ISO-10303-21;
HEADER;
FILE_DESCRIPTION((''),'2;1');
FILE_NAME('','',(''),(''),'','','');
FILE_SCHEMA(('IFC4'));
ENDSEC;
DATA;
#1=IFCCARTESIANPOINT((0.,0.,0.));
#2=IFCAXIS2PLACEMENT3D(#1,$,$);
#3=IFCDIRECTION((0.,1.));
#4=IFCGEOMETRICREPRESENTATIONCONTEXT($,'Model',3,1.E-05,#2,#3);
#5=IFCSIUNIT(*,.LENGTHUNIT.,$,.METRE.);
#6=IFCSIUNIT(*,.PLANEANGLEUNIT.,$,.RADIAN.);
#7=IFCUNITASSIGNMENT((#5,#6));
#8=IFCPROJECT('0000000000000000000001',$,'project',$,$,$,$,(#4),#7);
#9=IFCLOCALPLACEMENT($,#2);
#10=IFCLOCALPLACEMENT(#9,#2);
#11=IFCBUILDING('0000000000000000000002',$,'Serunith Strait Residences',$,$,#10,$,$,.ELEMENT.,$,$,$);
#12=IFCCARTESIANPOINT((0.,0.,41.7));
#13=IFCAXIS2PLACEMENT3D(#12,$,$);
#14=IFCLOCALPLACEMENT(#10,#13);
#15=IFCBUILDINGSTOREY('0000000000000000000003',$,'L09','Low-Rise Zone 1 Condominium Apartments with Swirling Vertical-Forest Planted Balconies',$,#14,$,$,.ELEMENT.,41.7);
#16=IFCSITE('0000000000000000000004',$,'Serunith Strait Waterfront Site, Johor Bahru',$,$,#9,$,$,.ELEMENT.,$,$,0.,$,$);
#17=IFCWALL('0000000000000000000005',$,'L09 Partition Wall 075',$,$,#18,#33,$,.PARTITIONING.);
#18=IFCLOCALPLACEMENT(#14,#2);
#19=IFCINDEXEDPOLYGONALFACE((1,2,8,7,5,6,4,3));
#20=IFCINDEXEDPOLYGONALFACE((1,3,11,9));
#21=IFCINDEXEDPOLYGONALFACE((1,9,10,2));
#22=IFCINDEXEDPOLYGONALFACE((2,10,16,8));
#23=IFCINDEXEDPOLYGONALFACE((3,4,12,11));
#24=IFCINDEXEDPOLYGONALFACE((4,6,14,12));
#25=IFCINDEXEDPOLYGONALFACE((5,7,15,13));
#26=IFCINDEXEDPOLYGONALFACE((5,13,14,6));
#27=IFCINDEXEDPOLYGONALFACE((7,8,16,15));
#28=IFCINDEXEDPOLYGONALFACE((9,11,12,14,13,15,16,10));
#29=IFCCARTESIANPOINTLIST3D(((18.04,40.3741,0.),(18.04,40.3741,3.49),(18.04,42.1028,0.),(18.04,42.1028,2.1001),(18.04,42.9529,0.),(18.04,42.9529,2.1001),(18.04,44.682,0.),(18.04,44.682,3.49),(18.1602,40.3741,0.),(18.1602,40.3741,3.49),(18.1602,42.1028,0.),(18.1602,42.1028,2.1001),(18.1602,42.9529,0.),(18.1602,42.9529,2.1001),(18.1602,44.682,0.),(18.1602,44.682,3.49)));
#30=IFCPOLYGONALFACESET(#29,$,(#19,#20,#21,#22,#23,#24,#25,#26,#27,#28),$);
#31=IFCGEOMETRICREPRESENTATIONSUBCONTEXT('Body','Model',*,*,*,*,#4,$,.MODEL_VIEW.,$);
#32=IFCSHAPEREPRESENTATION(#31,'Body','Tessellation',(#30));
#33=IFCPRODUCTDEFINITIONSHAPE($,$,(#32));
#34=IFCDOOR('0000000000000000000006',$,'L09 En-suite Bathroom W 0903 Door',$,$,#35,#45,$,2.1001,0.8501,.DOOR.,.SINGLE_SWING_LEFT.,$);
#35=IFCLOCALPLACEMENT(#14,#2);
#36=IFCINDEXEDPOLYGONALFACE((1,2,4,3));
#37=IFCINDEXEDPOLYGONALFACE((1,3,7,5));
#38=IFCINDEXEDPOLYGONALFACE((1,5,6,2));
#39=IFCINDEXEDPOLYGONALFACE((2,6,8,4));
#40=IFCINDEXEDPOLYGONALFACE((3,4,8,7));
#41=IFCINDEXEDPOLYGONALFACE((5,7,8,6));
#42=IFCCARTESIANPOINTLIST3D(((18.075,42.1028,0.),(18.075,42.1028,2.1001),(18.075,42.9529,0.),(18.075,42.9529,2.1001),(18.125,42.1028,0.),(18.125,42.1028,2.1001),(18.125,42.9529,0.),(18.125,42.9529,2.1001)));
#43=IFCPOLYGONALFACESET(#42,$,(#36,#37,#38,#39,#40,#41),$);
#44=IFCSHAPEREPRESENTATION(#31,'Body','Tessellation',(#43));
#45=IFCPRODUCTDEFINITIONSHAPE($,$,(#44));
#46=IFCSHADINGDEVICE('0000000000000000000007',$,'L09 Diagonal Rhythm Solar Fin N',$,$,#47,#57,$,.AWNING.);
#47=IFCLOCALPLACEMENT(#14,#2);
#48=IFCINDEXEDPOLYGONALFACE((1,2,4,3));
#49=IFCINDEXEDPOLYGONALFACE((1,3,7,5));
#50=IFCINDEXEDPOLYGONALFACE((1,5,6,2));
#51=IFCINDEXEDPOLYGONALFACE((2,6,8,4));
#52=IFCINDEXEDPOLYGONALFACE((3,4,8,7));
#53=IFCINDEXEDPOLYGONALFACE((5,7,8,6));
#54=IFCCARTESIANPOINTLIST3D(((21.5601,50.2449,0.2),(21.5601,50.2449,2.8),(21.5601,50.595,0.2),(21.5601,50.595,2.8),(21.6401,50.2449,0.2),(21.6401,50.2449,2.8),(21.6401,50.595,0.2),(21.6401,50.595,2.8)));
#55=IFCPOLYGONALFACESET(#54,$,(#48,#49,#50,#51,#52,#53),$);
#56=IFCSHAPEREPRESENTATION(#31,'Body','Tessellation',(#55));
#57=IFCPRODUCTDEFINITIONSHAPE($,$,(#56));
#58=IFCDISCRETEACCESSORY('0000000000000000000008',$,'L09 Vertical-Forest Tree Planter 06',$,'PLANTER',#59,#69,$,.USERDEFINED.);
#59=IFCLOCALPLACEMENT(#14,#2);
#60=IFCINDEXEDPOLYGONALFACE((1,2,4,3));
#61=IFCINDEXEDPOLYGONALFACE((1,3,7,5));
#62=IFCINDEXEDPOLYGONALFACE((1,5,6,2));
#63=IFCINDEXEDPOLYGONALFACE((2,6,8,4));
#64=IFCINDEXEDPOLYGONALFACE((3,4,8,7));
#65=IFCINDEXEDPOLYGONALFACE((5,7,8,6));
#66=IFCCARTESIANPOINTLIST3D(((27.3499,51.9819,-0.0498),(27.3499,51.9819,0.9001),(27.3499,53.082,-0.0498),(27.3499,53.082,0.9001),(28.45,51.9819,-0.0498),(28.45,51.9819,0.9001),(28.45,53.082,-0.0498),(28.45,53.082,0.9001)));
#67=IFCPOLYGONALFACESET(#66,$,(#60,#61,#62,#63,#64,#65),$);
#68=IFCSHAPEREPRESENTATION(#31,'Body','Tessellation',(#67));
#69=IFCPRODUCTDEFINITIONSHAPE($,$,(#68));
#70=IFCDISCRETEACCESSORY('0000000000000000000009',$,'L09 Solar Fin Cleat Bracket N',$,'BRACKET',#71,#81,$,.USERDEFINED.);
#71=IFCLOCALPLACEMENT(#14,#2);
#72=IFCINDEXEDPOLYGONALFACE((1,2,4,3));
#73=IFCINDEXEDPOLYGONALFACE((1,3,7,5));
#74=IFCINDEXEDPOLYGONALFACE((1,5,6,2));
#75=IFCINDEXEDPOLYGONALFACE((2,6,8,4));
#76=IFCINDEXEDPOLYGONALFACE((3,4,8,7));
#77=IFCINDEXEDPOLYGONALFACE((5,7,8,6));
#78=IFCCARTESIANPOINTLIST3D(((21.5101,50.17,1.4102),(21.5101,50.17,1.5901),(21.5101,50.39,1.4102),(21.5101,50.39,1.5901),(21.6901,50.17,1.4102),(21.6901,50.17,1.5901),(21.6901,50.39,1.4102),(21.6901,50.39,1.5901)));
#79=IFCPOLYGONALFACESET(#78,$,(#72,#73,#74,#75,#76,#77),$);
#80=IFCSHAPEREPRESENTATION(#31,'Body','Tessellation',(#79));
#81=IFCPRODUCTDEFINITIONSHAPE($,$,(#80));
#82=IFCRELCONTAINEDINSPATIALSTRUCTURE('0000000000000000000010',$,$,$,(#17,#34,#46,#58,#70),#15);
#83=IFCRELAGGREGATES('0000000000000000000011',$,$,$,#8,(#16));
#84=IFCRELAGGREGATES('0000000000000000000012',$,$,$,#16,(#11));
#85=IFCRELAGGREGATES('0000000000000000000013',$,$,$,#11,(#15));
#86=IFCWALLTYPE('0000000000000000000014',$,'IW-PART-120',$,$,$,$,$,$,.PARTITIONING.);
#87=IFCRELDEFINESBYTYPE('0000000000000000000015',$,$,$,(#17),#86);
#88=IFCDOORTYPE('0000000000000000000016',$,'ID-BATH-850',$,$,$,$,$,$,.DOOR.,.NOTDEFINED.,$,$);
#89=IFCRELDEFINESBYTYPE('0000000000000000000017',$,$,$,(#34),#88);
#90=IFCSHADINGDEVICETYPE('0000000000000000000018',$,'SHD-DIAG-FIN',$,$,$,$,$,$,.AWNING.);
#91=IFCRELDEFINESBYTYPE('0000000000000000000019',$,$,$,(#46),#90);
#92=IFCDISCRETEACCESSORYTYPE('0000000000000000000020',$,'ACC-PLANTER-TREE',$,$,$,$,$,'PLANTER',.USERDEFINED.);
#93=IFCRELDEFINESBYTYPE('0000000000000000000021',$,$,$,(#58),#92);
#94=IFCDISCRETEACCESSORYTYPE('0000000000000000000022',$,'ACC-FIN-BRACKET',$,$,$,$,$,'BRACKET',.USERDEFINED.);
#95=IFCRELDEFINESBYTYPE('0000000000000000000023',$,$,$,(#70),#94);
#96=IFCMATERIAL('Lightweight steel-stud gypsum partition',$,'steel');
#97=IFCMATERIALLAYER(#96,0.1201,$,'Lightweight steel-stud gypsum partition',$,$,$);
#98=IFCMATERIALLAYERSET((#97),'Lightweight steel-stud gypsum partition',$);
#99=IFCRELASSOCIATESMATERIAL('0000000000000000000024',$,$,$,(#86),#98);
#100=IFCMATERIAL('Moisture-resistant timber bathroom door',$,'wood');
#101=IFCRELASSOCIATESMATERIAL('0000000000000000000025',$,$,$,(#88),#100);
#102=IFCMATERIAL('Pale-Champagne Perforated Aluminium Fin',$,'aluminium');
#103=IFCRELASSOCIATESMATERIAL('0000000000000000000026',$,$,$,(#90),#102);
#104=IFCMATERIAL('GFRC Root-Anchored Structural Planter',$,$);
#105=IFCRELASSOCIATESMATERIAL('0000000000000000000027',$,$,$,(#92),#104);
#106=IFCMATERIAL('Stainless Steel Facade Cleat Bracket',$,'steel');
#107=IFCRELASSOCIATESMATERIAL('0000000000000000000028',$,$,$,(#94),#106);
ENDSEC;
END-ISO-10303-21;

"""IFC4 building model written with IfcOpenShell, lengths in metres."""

from ifc_helpers import new_model, si_unit, direction, frame, frame_2d, origin, origin_2d, place, context, subcontext, project, spatial, rectangle, extrude, source, transform, mapped, material, layer, layer_set, type_object, element, fill, save


model = new_model("IFC4")

# Units and contexts
model_context = context("Model", 3, precision=1e-05, world=origin(), true_north=direction((0.0, 1.0)))
body_context = subcontext(model_context, "Body", "Model", "MODEL_VIEW")
ifc_project = project(units=[si_unit("LENGTHUNIT", "METRE"), si_unit("PLANEANGLEUNIT", "RADIAN")], contexts=[model_context])

# Site, building, storey
site_placement = place(None, origin())
site = spatial("IfcSite", under=ifc_project, at=site_placement, Name="Serunith Strait Waterfront Site, Johor Bahru", CompositionType="ELEMENT", RefElevation=0.0)
building_placement = place(site_placement, origin())
building = spatial("IfcBuilding", under=site, at=building_placement, Name="Serunith Strait Residences", CompositionType="ELEMENT")
storey_placement = place(building_placement, frame((0.0, 0.0, 41.7)))
storey = spatial("IfcBuildingStorey", under=building, at=storey_placement, Name="L09", Description="Low-Rise Zone 1 Condominium Apartments with Swirling Vertical-Forest Planted Balconies", CompositionType="ELEMENT", Elevation=41.7)

# Shared definitions
ifc_material_1 = material(Name="Lightweight steel-stud gypsum partition", Category="steel")
ifc_layer_1 = layer(ifc_material_1, 0.1201, Name="Lightweight steel-stud gypsum partition")
ifc_layer_set_1 = layer_set([ifc_layer_1], Name="Lightweight steel-stud gypsum partition")
wall_type = type_object("IfcWallType", Name="IW-PART-120", PredefinedType="PARTITIONING", material=ifc_layer_set_1)
shared_shape_1 = source(origin(), body_context, "Body", "SweptSolid", [
    extrude(rectangle(XDim=0.8501, YDim=2.1001, at=frame_2d((0.425, 1.05))), frame((0.0, 0.0249, 0.0), z_axis=(0.0, -1.0, 0.0), x_axis=(1.0, 0.0, 0.0)), (0.0, 0.0, 1.0), 0.05),
])

# Wall, opening, door
wall_1_placement = place(storey_placement, frame((18.1001, 44.6819, 0.0), z_axis=(0.0, 0.0, 1.0), x_axis=(0.0, -1.0, 0.0)))
wall_1 = element("IfcWall", 1, at=wall_1_placement, inside=storey, type_object=wall_type, Name="L09 Partition Wall 075", PredefinedType="PARTITIONING", context=body_context, shape_type="SweptSolid", body=[
    extrude(rectangle(XDim=4.3079, YDim=0.1201, at=frame_2d((2.1538, 0.0))), origin(), (0.0, 0.0, 1.0), 3.49),
])
opening_1_placement = place(wall_1_placement, frame((1.729, 0.0, 0.0)))
opening_1 = element("IfcOpeningElement", 2, at=opening_1_placement, cuts=wall_1, PredefinedType="OPENING", context=body_context, shape_type="SweptSolid", body=[
    extrude(rectangle(XDim=0.8501, YDim=2.1001, at=frame_2d((0.425, 1.05))), frame((0.0, 0.0701, 0.0), z_axis=(0.0, -1.0, 0.0), x_axis=(1.0, 0.0, 0.0)), (0.0, 0.0, 1.0), 0.1401),
])
ifc_material_2 = material(Name="Moisture-resistant timber bathroom door", Category="wood")
door_type_1 = type_object("IfcDoorType", Name="ID-BATH-850", OperationType="NOTDEFINED", PredefinedType="DOOR", material=ifc_material_2)
door_1_placement = place(opening_1_placement, origin())
door_1 = element("IfcDoor", 3, at=door_1_placement, inside=storey, type_object=door_type_1, Name="L09 En-suite Bathroom W 0903 Door", OperationType="SINGLE_SWING_LEFT", OverallHeight=2.1001, OverallWidth=0.8501, PredefinedType="DOOR", context=body_context, shape_type="MappedRepresentation", body=[
    mapped(shared_shape_1, transform((0.0, 0.0, 0.0), scale=1.0)),
])
fill(opening_1, door_1)

# Shading device
ifc_material_3 = material(Name="Pale-Champagne Perforated Aluminium Fin", Category="aluminium")
shading_device_type = type_object("IfcShadingDeviceType", Name="SHD-DIAG-FIN", PredefinedType="AWNING", material=ifc_material_3)
shared_shape_2 = source(origin(), body_context, "Body", "SweptSolid", [
    extrude(rectangle(XDim=0.0801, YDim=0.3501, at=origin_2d()), origin(), (0.0, 0.0, 1.0), 2.6001),
])
shading_device_placement = place(storey_placement, frame((21.6001, 50.4199, 0.2), z_axis=(0.0, 0.0, 1.0), x_axis=(1.0, 0.0, 0.0)))
element("IfcShadingDevice", 4, at=shading_device_placement, inside=storey, type_object=shading_device_type, Name="L09 Diagonal Rhythm Solar Fin N", PredefinedType="AWNING", context=body_context, shape_type="MappedRepresentation", body=[
    mapped(shared_shape_2, transform((0.0, 0.0, 0.0), scale=1.0)),
])

# Discrete accessories
ifc_material_4 = material(Name="GFRC Root-Anchored Structural Planter")
discrete_accessory_type_1 = type_object("IfcDiscreteAccessoryType", Name="ACC-PLANTER-TREE", ElementType="PLANTER", PredefinedType="USERDEFINED", material=ifc_material_4)
shared_shape_3 = source(origin(), body_context, "Body", "SweptSolid", [
    extrude(rectangle(XDim=1.1001, YDim=1.1001, at=origin_2d()), origin(), (0.0, 0.0, 1.0), 0.95),
])
discrete_accessory_1_placement = place(storey_placement, frame((27.8999, 52.532, -0.0498), z_axis=(0.0, 0.0, 1.0), x_axis=(-1.0, 0.0, 0.0)))
element("IfcDiscreteAccessory", 5, at=discrete_accessory_1_placement, inside=storey, type_object=discrete_accessory_type_1, Name="L09 Vertical-Forest Tree Planter 06", ObjectType="PLANTER", PredefinedType="USERDEFINED", context=body_context, shape_type="MappedRepresentation", body=[
    mapped(shared_shape_3, transform((0.0, 0.0, 0.0), scale=1.0)),
])
ifc_material_5 = material(Name="Stainless Steel Facade Cleat Bracket", Category="steel")
discrete_accessory_type_2 = type_object("IfcDiscreteAccessoryType", Name="ACC-FIN-BRACKET", ElementType="BRACKET", PredefinedType="USERDEFINED", material=ifc_material_5)
shared_shape_4 = source(origin(), body_context, "Body", "SweptSolid", [
    extrude(rectangle(XDim=0.1799, YDim=0.22, at=origin_2d()), origin(), (0.0, 0.0, 1.0), 0.1799),
])
discrete_accessory_2_placement = place(storey_placement, frame((21.6001, 50.28, 1.4102), z_axis=(0.0, 0.0, 1.0), x_axis=(1.0, 0.0, 0.0)))
element("IfcDiscreteAccessory", 6, at=discrete_accessory_2_placement, inside=storey, type_object=discrete_accessory_type_2, Name="L09 Solar Fin Cleat Bracket N", ObjectType="BRACKET", PredefinedType="USERDEFINED", context=body_context, shape_type="MappedRepresentation", body=[
    mapped(shared_shape_4, transform((0.0, 0.0, 0.0), scale=1.0)),
])

save(model, "model.ifc")
